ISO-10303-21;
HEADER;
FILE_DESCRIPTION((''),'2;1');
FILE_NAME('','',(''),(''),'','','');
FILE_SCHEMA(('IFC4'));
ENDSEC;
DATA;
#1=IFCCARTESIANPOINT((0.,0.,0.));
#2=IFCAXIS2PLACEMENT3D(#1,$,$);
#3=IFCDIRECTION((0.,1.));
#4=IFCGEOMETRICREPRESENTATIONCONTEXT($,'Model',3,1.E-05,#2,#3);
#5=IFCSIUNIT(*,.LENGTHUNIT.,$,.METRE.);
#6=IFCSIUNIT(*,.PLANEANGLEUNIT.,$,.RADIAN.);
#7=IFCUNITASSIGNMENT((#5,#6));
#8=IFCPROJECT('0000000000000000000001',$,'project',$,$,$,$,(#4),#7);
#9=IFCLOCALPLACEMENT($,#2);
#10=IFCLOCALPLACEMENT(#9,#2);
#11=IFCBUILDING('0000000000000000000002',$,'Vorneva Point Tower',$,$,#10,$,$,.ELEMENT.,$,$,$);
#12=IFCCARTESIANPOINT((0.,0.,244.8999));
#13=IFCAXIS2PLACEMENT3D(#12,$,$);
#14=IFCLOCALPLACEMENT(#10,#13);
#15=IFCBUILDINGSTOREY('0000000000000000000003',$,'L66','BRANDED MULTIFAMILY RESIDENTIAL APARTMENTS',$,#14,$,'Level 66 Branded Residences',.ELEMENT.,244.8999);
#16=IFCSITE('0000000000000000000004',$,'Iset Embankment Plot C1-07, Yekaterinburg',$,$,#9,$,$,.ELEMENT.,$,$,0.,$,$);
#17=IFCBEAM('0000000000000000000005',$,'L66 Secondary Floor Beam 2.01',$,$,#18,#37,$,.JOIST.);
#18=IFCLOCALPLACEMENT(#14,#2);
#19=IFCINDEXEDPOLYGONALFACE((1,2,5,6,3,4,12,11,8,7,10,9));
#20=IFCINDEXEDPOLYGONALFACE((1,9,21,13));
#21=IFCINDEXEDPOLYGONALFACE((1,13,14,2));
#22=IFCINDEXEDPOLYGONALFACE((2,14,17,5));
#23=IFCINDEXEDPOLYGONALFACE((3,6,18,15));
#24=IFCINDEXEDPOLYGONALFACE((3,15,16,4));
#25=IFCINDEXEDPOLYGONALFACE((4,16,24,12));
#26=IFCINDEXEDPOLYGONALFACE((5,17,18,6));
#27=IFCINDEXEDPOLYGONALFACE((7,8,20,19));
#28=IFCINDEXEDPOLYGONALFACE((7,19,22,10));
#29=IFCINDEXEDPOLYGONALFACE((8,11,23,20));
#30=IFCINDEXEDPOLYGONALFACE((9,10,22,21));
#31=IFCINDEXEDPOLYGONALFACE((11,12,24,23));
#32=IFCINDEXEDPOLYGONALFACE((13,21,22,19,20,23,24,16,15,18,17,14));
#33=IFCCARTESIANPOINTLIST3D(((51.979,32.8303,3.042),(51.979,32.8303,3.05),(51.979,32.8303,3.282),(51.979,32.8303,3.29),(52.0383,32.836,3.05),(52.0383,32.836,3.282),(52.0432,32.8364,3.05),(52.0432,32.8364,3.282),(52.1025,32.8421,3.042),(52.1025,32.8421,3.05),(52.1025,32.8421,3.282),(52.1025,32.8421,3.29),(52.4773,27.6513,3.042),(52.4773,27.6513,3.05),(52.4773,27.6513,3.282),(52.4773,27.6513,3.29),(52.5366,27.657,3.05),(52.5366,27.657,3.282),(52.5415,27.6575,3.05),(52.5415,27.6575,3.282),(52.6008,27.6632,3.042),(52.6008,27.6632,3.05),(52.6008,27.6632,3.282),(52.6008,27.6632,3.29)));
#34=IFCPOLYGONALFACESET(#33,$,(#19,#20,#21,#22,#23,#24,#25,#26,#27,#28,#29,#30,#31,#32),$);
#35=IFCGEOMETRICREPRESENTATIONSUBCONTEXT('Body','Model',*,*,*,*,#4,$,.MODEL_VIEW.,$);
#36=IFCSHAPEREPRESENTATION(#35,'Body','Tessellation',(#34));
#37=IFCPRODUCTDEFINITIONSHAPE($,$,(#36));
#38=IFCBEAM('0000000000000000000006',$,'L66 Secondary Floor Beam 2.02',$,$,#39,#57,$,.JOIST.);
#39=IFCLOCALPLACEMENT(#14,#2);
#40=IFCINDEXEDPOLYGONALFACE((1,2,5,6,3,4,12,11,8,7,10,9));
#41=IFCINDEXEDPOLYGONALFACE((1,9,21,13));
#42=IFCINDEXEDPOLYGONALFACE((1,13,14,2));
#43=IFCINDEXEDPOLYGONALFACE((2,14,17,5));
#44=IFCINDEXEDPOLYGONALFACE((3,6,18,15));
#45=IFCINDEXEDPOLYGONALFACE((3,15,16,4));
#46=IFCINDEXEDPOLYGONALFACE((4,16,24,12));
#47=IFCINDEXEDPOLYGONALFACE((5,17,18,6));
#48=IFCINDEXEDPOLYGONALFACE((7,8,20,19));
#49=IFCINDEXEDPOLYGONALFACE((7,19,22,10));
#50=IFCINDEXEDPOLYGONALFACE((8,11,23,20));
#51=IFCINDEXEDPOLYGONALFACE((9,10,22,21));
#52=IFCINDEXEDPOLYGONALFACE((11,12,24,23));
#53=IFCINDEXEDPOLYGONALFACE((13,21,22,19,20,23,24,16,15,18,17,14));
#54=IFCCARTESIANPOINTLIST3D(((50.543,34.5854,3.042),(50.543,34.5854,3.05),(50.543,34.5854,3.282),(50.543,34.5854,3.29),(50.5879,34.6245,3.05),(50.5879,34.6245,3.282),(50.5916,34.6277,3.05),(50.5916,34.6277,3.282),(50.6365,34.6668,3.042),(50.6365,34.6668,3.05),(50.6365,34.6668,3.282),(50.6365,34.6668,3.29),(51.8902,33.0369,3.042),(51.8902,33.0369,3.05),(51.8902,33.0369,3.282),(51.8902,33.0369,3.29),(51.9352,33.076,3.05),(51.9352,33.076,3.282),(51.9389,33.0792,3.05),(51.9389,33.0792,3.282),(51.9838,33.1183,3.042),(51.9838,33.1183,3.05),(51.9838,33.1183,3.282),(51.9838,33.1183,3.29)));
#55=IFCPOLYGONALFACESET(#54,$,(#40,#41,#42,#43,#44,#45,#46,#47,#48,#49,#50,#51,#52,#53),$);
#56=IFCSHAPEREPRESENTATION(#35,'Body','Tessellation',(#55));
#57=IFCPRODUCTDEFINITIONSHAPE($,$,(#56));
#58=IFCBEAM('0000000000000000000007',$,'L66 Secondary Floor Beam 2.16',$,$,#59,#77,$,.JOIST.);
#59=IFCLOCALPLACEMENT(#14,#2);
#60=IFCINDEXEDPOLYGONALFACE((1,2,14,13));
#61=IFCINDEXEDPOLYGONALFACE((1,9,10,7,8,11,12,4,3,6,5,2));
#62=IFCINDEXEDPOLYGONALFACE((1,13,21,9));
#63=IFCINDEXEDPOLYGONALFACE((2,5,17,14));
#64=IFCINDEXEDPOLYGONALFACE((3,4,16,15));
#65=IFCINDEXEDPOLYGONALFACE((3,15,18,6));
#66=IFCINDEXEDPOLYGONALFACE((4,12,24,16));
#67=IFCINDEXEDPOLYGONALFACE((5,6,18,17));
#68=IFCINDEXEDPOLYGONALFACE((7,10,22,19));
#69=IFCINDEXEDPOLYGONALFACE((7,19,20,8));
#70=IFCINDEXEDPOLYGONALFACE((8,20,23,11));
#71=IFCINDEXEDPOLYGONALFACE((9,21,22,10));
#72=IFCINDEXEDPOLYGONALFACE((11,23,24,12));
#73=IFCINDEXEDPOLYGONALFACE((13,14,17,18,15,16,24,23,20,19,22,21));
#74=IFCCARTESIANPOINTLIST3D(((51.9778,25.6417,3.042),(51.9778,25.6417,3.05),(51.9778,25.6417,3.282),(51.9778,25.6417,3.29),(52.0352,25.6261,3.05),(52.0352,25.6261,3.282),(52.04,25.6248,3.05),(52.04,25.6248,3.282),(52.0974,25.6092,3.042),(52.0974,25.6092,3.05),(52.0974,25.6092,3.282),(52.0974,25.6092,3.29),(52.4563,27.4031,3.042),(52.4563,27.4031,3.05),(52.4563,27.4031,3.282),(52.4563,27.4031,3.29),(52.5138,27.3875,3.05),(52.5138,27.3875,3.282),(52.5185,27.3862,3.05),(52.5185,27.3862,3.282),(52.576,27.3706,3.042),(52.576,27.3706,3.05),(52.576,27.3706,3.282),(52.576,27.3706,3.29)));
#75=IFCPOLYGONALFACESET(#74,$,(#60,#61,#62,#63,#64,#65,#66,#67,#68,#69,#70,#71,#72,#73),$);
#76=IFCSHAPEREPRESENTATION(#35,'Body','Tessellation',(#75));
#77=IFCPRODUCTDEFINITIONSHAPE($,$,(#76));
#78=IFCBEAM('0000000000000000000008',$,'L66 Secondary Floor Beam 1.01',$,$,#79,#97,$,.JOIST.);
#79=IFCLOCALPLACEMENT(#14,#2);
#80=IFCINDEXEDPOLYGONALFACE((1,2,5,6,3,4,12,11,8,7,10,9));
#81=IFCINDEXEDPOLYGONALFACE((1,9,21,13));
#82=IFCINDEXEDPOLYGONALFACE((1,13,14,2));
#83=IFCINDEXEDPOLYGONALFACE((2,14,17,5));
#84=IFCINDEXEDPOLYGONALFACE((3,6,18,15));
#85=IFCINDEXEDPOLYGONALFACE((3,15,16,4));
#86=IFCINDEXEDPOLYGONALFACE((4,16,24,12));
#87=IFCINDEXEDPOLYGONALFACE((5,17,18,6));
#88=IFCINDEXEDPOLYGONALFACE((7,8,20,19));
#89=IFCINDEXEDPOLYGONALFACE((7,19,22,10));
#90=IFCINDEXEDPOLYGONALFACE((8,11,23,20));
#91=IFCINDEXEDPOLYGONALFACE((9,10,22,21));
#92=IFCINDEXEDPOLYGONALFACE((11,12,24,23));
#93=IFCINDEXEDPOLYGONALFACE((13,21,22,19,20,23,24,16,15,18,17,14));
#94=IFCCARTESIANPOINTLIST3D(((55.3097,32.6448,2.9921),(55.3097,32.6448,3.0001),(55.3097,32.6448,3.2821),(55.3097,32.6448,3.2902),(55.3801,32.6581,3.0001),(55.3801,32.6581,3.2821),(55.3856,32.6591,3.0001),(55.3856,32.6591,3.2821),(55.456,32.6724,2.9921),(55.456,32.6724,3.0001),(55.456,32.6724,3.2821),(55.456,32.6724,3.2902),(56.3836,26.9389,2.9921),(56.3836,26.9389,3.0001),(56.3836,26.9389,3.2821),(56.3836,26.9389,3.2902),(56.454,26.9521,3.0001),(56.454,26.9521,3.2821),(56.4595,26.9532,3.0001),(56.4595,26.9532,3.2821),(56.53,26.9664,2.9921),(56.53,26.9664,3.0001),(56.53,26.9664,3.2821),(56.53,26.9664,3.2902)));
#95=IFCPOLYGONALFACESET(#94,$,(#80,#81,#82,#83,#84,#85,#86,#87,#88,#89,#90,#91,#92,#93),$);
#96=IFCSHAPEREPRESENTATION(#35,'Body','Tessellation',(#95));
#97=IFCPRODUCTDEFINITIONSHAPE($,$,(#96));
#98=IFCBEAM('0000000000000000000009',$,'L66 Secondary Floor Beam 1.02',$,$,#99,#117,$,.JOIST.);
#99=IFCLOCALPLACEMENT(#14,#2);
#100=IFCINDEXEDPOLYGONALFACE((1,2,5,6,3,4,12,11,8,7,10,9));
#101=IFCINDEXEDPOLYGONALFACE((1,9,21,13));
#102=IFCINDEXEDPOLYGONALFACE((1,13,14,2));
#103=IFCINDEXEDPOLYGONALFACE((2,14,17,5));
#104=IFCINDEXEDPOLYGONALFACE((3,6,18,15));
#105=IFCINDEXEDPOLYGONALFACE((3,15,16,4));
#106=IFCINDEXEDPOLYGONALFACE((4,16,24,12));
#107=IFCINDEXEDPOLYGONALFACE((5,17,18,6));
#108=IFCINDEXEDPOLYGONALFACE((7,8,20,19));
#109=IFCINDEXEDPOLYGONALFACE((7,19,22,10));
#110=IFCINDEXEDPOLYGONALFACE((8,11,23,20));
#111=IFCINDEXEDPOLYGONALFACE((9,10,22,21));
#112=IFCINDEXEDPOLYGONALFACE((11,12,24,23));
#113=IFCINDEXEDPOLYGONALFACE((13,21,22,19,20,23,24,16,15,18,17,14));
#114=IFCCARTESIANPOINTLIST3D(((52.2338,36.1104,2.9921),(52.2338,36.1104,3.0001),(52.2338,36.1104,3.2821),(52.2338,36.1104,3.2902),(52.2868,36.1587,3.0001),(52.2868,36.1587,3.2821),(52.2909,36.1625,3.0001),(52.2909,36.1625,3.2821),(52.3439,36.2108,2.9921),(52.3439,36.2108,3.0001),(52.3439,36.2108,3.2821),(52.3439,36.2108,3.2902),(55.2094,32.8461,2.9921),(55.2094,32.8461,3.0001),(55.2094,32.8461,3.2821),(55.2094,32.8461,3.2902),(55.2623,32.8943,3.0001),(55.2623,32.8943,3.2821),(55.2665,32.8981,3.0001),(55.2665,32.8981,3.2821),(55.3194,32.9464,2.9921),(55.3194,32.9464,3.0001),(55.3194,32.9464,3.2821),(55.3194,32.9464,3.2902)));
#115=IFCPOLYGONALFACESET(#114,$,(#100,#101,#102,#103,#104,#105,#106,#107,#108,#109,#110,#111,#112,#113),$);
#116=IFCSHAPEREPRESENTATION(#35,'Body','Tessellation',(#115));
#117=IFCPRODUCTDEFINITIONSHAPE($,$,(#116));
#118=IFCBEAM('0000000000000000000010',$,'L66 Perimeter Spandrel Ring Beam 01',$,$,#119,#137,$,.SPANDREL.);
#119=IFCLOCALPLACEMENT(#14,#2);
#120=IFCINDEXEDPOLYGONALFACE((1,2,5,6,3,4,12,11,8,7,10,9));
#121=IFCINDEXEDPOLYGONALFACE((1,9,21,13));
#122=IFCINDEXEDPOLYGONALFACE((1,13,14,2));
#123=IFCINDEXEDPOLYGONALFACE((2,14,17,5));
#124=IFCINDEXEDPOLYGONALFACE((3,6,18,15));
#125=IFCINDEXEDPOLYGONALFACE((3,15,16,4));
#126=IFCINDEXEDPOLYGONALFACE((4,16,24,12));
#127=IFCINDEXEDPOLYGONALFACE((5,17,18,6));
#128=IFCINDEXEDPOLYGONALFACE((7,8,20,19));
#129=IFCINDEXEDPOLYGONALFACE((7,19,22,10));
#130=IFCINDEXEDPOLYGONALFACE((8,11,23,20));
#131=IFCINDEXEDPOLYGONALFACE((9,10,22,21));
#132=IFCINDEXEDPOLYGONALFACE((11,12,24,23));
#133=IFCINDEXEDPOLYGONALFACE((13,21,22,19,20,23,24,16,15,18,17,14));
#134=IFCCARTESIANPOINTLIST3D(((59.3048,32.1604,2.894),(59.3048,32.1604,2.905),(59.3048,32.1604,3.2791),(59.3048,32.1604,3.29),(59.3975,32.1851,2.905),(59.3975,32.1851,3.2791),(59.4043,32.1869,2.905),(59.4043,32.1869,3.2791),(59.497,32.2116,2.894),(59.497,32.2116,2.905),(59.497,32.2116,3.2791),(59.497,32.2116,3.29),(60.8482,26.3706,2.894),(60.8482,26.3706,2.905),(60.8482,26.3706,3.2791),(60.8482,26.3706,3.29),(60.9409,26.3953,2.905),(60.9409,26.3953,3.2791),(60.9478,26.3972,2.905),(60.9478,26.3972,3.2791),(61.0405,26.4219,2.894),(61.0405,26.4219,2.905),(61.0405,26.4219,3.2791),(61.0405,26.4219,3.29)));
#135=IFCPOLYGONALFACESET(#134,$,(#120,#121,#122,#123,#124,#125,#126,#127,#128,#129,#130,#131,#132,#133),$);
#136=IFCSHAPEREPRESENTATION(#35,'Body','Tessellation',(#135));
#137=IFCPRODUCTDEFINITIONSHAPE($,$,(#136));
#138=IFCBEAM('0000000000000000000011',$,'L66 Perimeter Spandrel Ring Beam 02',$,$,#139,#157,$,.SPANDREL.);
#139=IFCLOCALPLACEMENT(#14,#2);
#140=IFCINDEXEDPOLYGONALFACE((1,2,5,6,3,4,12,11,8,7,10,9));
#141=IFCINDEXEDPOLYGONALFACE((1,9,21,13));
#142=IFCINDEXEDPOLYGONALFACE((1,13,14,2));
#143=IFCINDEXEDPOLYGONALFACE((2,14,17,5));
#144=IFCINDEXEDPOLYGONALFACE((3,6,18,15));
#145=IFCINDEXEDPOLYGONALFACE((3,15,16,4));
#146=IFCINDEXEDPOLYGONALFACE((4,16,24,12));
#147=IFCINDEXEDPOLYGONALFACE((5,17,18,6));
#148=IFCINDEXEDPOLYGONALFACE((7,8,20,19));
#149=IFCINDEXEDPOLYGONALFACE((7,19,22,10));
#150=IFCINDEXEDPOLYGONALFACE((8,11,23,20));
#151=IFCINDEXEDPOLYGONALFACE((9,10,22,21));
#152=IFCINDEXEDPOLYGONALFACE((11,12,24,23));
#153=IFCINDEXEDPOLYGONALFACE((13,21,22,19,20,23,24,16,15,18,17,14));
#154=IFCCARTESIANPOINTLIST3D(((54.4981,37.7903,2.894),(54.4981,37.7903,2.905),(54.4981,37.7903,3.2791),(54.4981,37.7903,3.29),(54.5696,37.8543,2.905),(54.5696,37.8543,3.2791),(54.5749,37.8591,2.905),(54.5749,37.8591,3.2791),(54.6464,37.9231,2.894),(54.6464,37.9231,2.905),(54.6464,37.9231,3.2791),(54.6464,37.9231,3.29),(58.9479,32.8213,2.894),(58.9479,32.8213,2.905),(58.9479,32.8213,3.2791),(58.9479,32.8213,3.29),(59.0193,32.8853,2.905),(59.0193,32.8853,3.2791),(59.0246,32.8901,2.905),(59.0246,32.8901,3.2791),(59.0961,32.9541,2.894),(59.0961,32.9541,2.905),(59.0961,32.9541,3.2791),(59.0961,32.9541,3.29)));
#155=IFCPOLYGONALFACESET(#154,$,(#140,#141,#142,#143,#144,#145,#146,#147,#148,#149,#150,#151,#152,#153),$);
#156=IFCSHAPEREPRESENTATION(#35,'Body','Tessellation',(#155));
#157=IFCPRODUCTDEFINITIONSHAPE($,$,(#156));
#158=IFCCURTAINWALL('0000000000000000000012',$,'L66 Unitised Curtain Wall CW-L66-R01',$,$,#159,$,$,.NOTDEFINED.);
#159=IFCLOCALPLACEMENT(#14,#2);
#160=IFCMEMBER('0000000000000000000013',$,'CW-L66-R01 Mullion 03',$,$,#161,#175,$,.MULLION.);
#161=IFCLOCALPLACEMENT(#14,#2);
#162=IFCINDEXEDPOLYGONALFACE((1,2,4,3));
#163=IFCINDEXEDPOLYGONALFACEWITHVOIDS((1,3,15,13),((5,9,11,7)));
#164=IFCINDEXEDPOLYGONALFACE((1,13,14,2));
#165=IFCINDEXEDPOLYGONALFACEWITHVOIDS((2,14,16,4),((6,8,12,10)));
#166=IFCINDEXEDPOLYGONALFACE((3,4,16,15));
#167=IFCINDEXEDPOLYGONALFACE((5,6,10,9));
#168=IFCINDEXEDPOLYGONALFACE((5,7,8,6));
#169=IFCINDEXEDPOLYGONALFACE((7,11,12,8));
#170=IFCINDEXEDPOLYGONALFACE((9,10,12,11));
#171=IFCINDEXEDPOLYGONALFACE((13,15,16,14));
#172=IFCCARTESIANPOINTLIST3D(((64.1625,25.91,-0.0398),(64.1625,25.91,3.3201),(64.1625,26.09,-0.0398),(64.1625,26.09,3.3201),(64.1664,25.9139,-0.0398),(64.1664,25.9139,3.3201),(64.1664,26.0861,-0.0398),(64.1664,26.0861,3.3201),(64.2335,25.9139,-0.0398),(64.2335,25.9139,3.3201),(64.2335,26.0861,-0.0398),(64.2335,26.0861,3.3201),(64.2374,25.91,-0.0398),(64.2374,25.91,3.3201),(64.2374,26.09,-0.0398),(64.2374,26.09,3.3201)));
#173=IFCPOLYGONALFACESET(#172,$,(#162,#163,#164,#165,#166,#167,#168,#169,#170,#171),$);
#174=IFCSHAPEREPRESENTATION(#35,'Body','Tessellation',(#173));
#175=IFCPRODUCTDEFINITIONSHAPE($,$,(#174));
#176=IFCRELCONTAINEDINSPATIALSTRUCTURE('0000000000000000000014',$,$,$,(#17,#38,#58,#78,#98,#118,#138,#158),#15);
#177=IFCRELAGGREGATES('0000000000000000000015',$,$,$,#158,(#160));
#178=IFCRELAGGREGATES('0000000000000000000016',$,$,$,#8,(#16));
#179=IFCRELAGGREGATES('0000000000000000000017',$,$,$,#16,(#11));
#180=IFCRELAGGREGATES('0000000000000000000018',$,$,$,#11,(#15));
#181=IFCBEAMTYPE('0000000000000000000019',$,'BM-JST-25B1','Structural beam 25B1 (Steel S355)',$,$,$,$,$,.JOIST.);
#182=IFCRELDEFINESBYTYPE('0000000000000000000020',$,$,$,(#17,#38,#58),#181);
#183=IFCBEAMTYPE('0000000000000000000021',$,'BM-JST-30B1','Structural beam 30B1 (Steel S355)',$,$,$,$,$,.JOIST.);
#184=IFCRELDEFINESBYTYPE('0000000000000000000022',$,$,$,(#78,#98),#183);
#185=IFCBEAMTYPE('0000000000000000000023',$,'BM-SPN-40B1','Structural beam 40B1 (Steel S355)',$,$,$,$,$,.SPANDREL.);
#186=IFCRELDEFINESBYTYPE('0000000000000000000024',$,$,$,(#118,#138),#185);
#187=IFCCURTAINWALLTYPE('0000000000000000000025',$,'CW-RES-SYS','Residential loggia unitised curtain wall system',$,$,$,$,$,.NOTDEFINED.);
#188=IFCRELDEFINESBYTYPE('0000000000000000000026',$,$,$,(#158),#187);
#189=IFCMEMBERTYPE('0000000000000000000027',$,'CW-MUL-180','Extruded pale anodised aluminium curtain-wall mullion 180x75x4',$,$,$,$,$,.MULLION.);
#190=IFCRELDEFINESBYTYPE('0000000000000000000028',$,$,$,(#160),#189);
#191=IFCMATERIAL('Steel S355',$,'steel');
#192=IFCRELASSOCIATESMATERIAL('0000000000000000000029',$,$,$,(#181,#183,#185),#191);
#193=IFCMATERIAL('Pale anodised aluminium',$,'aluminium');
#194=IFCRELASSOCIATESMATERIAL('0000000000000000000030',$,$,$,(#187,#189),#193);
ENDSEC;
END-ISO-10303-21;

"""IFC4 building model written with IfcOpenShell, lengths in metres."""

from ifc_helpers import new_model, si_unit, direction, frame, origin, origin_2d, place, context, subcontext, project, spatial, hollow_rectangle, i_section, extrude, material, material_profile, profile_set, type_object, element, aggregate, save


model = new_model("IFC4")

# Units and contexts
model_context = context("Model", 3, precision=1e-05, world=origin(), true_north=direction((0.0, 1.0)))
body_context = subcontext(model_context, "Body", "Model", "MODEL_VIEW")
ifc_project = project(units=[si_unit("LENGTHUNIT", "METRE"), si_unit("PLANEANGLEUNIT", "RADIAN")], contexts=[model_context])

# Site, building, storey
site_placement = place(None, origin())
site = spatial("IfcSite", under=ifc_project, at=site_placement, Name="Iset Embankment Plot C1-07, Yekaterinburg", CompositionType="ELEMENT", RefElevation=0.0)
building_placement = place(site_placement, origin())
building = spatial("IfcBuilding", under=site, at=building_placement, Name="Vorneva Point Tower", CompositionType="ELEMENT")
storey_placement = place(building_placement, frame((0.0, 0.0, 244.8999)))
storey = spatial("IfcBuildingStorey", under=building, at=storey_placement, Name="L66", Description="BRANDED MULTIFAMILY RESIDENTIAL APARTMENTS", LongName="Level 66 Branded Residences", CompositionType="ELEMENT", Elevation=244.8999)

# Beams
ifc_material_1 = material(Name="Steel S355", Category="steel")
ifc_material_profile_1 = material_profile(ifc_material_1, i_section(OverallWidth=0.124, OverallDepth=0.248, WebThickness=0.0049, FlangeThickness=0.0081, at=origin_2d()), Name="25B1")
ifc_profile_set_1 = profile_set([ifc_material_profile_1], Name="Steel S355")
beam_type_1 = type_object("IfcBeamType", Name="BM-JST-25B1", Description="Structural beam 25B1 (Steel S355)", PredefinedType="JOIST", material=ifc_profile_set_1)
beam_1_placement = place(storey_placement, frame((52.5391, 27.6572, 3.166), z_axis=(-0.095772, 0.995403, 0.0), x_axis=(-0.995403, -0.095772, 0.0)))
element("IfcBeam", 1, at=beam_1_placement, inside=storey, type_object=beam_type_1, Name="L66 Secondary Floor Beam 2.01", PredefinedType="JOIST", context=body_context, shape_type="SweptSolid", body=[
    extrude(i_section(OverallWidth=0.124, OverallDepth=0.248, WebThickness=0.0049, FlangeThickness=0.0081, at=origin_2d()), origin(), (0.0, 0.0, 1.0), 5.2029),
])
beam_2_placement = place(storey_placement, frame((51.937, 33.0776, 3.166), z_axis=(-0.656397, 0.754416, 0.0), x_axis=(-0.754416, -0.656397, 0.0)))
element("IfcBeam", 2, at=beam_2_placement, inside=storey, type_object=beam_type_1, Name="L66 Secondary Floor Beam 2.02", PredefinedType="JOIST", context=body_context, shape_type="SweptSolid", body=[
    extrude(i_section(OverallWidth=0.124, OverallDepth=0.248, WebThickness=0.0049, FlangeThickness=0.0081, at=origin_2d()), origin(), (0.0, 0.0, 1.0), 2.0525),
])
beam_3_placement = place(storey_placement, frame((52.0376, 25.6255, 3.166), z_axis=(0.262189, 0.965017, 0.0), x_axis=(-0.965017, 0.262189, 0.0)))
element("IfcBeam", 3, at=beam_3_placement, inside=storey, type_object=beam_type_1, Name="L66 Secondary Floor Beam 2.16", PredefinedType="JOIST", context=body_context, shape_type="SweptSolid", body=[
    extrude(i_section(OverallWidth=0.124, OverallDepth=0.248, WebThickness=0.0049, FlangeThickness=0.0081, at=origin_2d()), origin(), (0.0, 0.0, 1.0), 1.8252),
])
ifc_material_profile_2 = material_profile(ifc_material_1, i_section(OverallWidth=0.1489, OverallDepth=0.2981, WebThickness=0.0056, FlangeThickness=0.0081, at=origin_2d()), Name="30B1")
ifc_profile_set_2 = profile_set([ifc_material_profile_2], Name="Steel S355")
beam_type_2 = type_object("IfcBeamType", Name="BM-JST-30B1", Description="Structural beam 30B1 (Steel S355)", PredefinedType="JOIST", material=ifc_profile_set_2)
beam_4_placement = place(storey_placement, frame((56.4568, 26.9526, 3.1411), z_axis=(-0.184969, 0.982744, 0.0), x_axis=(-0.982744, -0.184969, 0.0)))
element("IfcBeam", 4, at=beam_4_placement, inside=storey, type_object=beam_type_2, Name="L66 Secondary Floor Beam 1.01", PredefinedType="JOIST", context=body_context, shape_type="SweptSolid", body=[
    extrude(i_section(OverallWidth=0.1489, OverallDepth=0.2981, WebThickness=0.0056, FlangeThickness=0.0081, at=origin_2d()), origin(), (0.0, 0.0, 1.0), 5.8062),
])
beam_5_placement = place(storey_placement, frame((55.2644, 32.8962, 3.1411), z_axis=(-0.673657, 0.739044, 0.0), x_axis=(-0.739044, -0.673657, 0.0)))
element("IfcBeam", 5, at=beam_5_placement, inside=storey, type_object=beam_type_2, Name="L66 Secondary Floor Beam 1.02", PredefinedType="JOIST", context=body_context, shape_type="SweptSolid", body=[
    extrude(i_section(OverallWidth=0.1489, OverallDepth=0.2981, WebThickness=0.0056, FlangeThickness=0.0081, at=origin_2d()), origin(), (0.0, 0.0, 1.0), 4.417),
])
ifc_material_profile_3 = material_profile(ifc_material_1, i_section(OverallWidth=0.199, OverallDepth=0.396, WebThickness=0.0071, FlangeThickness=0.011, at=origin_2d()), Name="40B1")
ifc_profile_set_3 = profile_set([ifc_material_profile_3], Name="Steel S355")
beam_type_3 = type_object("IfcBeamType", Name="BM-SPN-40B1", Description="Structural beam 40B1 (Steel S355)", PredefinedType="SPANDREL", material=ifc_profile_set_3)
beam_6_placement = place(storey_placement, frame((60.9443, 26.3962, 3.092), z_axis=(-0.257587, 0.966255, 0.0), x_axis=(-0.966255, -0.257587, 0.0)))
element("IfcBeam", 6, at=beam_6_placement, inside=storey, type_object=beam_type_3, Name="L66 Perimeter Spandrel Ring Beam 01", PredefinedType="SPANDREL", context=body_context, shape_type="SweptSolid", body=[
    extrude(i_section(OverallWidth=0.199, OverallDepth=0.396, WebThickness=0.0071, FlangeThickness=0.011, at=origin_2d()), origin(), (0.0, 0.0, 1.0), 5.9919),
])
beam_7_placement = place(storey_placement, frame((59.022, 32.8877, 3.092), z_axis=(-0.667108, 0.744961, 0.0), x_axis=(-0.744961, -0.667108, 0.0)))
element("IfcBeam", 7, at=beam_7_placement, inside=storey, type_object=beam_type_3, Name="L66 Perimeter Spandrel Ring Beam 02", PredefinedType="SPANDREL", context=body_context, shape_type="SweptSolid", body=[
    extrude(i_section(OverallWidth=0.199, OverallDepth=0.396, WebThickness=0.0071, FlangeThickness=0.011, at=origin_2d()), origin(), (0.0, 0.0, 1.0), 6.6702),
])

# Curtain wall, member
ifc_material_2 = material(Name="Pale anodised aluminium", Category="aluminium")
curtain_wall_type = type_object("IfcCurtainWallType", Name="CW-RES-SYS", Description="Residential loggia unitised curtain wall system", PredefinedType="NOTDEFINED", material=ifc_material_2)
curtain_wall_placement = place(storey_placement, origin())
curtain_wall = element("IfcCurtainWall", 8, at=curtain_wall_placement, inside=storey, type_object=curtain_wall_type, Name="L66 Unitised Curtain Wall CW-L66-R01", PredefinedType="NOTDEFINED")
ifc_material_profile_4 = material_profile(ifc_material_2, hollow_rectangle(XDim=0.075, YDim=0.1799, WallThickness=0.0039, at=origin_2d()), Name="AL-MUL 180x75x4")
ifc_profile_set_4 = profile_set([ifc_material_profile_4], Name="Pale anodised aluminium")
member_type_1 = type_object("IfcMemberType", Name="CW-MUL-180", Description="Extruded pale anodised aluminium curtain-wall mullion 180x75x4", PredefinedType="MULLION", material=ifc_profile_set_4)
member_1_placement = place(storey_placement, frame((64.2, 26.0, -0.0398), z_axis=(0.0, 0.0, 1.0), x_axis=(1.0, 0.0, 0.0)))
member_1 = element("IfcMember", 9, at=member_1_placement, type_object=member_type_1, Name="CW-L66-R01 Mullion 03", PredefinedType="MULLION", context=body_context, shape_type="SweptSolid", body=[
    extrude(hollow_rectangle(XDim=0.075, YDim=0.1799, WallThickness=0.0039, at=origin_2d()), origin(), (0.0, 0.0, 1.0), 3.3599),
])
aggregate(curtain_wall, [member_1])

save(model, "model.ifc")
